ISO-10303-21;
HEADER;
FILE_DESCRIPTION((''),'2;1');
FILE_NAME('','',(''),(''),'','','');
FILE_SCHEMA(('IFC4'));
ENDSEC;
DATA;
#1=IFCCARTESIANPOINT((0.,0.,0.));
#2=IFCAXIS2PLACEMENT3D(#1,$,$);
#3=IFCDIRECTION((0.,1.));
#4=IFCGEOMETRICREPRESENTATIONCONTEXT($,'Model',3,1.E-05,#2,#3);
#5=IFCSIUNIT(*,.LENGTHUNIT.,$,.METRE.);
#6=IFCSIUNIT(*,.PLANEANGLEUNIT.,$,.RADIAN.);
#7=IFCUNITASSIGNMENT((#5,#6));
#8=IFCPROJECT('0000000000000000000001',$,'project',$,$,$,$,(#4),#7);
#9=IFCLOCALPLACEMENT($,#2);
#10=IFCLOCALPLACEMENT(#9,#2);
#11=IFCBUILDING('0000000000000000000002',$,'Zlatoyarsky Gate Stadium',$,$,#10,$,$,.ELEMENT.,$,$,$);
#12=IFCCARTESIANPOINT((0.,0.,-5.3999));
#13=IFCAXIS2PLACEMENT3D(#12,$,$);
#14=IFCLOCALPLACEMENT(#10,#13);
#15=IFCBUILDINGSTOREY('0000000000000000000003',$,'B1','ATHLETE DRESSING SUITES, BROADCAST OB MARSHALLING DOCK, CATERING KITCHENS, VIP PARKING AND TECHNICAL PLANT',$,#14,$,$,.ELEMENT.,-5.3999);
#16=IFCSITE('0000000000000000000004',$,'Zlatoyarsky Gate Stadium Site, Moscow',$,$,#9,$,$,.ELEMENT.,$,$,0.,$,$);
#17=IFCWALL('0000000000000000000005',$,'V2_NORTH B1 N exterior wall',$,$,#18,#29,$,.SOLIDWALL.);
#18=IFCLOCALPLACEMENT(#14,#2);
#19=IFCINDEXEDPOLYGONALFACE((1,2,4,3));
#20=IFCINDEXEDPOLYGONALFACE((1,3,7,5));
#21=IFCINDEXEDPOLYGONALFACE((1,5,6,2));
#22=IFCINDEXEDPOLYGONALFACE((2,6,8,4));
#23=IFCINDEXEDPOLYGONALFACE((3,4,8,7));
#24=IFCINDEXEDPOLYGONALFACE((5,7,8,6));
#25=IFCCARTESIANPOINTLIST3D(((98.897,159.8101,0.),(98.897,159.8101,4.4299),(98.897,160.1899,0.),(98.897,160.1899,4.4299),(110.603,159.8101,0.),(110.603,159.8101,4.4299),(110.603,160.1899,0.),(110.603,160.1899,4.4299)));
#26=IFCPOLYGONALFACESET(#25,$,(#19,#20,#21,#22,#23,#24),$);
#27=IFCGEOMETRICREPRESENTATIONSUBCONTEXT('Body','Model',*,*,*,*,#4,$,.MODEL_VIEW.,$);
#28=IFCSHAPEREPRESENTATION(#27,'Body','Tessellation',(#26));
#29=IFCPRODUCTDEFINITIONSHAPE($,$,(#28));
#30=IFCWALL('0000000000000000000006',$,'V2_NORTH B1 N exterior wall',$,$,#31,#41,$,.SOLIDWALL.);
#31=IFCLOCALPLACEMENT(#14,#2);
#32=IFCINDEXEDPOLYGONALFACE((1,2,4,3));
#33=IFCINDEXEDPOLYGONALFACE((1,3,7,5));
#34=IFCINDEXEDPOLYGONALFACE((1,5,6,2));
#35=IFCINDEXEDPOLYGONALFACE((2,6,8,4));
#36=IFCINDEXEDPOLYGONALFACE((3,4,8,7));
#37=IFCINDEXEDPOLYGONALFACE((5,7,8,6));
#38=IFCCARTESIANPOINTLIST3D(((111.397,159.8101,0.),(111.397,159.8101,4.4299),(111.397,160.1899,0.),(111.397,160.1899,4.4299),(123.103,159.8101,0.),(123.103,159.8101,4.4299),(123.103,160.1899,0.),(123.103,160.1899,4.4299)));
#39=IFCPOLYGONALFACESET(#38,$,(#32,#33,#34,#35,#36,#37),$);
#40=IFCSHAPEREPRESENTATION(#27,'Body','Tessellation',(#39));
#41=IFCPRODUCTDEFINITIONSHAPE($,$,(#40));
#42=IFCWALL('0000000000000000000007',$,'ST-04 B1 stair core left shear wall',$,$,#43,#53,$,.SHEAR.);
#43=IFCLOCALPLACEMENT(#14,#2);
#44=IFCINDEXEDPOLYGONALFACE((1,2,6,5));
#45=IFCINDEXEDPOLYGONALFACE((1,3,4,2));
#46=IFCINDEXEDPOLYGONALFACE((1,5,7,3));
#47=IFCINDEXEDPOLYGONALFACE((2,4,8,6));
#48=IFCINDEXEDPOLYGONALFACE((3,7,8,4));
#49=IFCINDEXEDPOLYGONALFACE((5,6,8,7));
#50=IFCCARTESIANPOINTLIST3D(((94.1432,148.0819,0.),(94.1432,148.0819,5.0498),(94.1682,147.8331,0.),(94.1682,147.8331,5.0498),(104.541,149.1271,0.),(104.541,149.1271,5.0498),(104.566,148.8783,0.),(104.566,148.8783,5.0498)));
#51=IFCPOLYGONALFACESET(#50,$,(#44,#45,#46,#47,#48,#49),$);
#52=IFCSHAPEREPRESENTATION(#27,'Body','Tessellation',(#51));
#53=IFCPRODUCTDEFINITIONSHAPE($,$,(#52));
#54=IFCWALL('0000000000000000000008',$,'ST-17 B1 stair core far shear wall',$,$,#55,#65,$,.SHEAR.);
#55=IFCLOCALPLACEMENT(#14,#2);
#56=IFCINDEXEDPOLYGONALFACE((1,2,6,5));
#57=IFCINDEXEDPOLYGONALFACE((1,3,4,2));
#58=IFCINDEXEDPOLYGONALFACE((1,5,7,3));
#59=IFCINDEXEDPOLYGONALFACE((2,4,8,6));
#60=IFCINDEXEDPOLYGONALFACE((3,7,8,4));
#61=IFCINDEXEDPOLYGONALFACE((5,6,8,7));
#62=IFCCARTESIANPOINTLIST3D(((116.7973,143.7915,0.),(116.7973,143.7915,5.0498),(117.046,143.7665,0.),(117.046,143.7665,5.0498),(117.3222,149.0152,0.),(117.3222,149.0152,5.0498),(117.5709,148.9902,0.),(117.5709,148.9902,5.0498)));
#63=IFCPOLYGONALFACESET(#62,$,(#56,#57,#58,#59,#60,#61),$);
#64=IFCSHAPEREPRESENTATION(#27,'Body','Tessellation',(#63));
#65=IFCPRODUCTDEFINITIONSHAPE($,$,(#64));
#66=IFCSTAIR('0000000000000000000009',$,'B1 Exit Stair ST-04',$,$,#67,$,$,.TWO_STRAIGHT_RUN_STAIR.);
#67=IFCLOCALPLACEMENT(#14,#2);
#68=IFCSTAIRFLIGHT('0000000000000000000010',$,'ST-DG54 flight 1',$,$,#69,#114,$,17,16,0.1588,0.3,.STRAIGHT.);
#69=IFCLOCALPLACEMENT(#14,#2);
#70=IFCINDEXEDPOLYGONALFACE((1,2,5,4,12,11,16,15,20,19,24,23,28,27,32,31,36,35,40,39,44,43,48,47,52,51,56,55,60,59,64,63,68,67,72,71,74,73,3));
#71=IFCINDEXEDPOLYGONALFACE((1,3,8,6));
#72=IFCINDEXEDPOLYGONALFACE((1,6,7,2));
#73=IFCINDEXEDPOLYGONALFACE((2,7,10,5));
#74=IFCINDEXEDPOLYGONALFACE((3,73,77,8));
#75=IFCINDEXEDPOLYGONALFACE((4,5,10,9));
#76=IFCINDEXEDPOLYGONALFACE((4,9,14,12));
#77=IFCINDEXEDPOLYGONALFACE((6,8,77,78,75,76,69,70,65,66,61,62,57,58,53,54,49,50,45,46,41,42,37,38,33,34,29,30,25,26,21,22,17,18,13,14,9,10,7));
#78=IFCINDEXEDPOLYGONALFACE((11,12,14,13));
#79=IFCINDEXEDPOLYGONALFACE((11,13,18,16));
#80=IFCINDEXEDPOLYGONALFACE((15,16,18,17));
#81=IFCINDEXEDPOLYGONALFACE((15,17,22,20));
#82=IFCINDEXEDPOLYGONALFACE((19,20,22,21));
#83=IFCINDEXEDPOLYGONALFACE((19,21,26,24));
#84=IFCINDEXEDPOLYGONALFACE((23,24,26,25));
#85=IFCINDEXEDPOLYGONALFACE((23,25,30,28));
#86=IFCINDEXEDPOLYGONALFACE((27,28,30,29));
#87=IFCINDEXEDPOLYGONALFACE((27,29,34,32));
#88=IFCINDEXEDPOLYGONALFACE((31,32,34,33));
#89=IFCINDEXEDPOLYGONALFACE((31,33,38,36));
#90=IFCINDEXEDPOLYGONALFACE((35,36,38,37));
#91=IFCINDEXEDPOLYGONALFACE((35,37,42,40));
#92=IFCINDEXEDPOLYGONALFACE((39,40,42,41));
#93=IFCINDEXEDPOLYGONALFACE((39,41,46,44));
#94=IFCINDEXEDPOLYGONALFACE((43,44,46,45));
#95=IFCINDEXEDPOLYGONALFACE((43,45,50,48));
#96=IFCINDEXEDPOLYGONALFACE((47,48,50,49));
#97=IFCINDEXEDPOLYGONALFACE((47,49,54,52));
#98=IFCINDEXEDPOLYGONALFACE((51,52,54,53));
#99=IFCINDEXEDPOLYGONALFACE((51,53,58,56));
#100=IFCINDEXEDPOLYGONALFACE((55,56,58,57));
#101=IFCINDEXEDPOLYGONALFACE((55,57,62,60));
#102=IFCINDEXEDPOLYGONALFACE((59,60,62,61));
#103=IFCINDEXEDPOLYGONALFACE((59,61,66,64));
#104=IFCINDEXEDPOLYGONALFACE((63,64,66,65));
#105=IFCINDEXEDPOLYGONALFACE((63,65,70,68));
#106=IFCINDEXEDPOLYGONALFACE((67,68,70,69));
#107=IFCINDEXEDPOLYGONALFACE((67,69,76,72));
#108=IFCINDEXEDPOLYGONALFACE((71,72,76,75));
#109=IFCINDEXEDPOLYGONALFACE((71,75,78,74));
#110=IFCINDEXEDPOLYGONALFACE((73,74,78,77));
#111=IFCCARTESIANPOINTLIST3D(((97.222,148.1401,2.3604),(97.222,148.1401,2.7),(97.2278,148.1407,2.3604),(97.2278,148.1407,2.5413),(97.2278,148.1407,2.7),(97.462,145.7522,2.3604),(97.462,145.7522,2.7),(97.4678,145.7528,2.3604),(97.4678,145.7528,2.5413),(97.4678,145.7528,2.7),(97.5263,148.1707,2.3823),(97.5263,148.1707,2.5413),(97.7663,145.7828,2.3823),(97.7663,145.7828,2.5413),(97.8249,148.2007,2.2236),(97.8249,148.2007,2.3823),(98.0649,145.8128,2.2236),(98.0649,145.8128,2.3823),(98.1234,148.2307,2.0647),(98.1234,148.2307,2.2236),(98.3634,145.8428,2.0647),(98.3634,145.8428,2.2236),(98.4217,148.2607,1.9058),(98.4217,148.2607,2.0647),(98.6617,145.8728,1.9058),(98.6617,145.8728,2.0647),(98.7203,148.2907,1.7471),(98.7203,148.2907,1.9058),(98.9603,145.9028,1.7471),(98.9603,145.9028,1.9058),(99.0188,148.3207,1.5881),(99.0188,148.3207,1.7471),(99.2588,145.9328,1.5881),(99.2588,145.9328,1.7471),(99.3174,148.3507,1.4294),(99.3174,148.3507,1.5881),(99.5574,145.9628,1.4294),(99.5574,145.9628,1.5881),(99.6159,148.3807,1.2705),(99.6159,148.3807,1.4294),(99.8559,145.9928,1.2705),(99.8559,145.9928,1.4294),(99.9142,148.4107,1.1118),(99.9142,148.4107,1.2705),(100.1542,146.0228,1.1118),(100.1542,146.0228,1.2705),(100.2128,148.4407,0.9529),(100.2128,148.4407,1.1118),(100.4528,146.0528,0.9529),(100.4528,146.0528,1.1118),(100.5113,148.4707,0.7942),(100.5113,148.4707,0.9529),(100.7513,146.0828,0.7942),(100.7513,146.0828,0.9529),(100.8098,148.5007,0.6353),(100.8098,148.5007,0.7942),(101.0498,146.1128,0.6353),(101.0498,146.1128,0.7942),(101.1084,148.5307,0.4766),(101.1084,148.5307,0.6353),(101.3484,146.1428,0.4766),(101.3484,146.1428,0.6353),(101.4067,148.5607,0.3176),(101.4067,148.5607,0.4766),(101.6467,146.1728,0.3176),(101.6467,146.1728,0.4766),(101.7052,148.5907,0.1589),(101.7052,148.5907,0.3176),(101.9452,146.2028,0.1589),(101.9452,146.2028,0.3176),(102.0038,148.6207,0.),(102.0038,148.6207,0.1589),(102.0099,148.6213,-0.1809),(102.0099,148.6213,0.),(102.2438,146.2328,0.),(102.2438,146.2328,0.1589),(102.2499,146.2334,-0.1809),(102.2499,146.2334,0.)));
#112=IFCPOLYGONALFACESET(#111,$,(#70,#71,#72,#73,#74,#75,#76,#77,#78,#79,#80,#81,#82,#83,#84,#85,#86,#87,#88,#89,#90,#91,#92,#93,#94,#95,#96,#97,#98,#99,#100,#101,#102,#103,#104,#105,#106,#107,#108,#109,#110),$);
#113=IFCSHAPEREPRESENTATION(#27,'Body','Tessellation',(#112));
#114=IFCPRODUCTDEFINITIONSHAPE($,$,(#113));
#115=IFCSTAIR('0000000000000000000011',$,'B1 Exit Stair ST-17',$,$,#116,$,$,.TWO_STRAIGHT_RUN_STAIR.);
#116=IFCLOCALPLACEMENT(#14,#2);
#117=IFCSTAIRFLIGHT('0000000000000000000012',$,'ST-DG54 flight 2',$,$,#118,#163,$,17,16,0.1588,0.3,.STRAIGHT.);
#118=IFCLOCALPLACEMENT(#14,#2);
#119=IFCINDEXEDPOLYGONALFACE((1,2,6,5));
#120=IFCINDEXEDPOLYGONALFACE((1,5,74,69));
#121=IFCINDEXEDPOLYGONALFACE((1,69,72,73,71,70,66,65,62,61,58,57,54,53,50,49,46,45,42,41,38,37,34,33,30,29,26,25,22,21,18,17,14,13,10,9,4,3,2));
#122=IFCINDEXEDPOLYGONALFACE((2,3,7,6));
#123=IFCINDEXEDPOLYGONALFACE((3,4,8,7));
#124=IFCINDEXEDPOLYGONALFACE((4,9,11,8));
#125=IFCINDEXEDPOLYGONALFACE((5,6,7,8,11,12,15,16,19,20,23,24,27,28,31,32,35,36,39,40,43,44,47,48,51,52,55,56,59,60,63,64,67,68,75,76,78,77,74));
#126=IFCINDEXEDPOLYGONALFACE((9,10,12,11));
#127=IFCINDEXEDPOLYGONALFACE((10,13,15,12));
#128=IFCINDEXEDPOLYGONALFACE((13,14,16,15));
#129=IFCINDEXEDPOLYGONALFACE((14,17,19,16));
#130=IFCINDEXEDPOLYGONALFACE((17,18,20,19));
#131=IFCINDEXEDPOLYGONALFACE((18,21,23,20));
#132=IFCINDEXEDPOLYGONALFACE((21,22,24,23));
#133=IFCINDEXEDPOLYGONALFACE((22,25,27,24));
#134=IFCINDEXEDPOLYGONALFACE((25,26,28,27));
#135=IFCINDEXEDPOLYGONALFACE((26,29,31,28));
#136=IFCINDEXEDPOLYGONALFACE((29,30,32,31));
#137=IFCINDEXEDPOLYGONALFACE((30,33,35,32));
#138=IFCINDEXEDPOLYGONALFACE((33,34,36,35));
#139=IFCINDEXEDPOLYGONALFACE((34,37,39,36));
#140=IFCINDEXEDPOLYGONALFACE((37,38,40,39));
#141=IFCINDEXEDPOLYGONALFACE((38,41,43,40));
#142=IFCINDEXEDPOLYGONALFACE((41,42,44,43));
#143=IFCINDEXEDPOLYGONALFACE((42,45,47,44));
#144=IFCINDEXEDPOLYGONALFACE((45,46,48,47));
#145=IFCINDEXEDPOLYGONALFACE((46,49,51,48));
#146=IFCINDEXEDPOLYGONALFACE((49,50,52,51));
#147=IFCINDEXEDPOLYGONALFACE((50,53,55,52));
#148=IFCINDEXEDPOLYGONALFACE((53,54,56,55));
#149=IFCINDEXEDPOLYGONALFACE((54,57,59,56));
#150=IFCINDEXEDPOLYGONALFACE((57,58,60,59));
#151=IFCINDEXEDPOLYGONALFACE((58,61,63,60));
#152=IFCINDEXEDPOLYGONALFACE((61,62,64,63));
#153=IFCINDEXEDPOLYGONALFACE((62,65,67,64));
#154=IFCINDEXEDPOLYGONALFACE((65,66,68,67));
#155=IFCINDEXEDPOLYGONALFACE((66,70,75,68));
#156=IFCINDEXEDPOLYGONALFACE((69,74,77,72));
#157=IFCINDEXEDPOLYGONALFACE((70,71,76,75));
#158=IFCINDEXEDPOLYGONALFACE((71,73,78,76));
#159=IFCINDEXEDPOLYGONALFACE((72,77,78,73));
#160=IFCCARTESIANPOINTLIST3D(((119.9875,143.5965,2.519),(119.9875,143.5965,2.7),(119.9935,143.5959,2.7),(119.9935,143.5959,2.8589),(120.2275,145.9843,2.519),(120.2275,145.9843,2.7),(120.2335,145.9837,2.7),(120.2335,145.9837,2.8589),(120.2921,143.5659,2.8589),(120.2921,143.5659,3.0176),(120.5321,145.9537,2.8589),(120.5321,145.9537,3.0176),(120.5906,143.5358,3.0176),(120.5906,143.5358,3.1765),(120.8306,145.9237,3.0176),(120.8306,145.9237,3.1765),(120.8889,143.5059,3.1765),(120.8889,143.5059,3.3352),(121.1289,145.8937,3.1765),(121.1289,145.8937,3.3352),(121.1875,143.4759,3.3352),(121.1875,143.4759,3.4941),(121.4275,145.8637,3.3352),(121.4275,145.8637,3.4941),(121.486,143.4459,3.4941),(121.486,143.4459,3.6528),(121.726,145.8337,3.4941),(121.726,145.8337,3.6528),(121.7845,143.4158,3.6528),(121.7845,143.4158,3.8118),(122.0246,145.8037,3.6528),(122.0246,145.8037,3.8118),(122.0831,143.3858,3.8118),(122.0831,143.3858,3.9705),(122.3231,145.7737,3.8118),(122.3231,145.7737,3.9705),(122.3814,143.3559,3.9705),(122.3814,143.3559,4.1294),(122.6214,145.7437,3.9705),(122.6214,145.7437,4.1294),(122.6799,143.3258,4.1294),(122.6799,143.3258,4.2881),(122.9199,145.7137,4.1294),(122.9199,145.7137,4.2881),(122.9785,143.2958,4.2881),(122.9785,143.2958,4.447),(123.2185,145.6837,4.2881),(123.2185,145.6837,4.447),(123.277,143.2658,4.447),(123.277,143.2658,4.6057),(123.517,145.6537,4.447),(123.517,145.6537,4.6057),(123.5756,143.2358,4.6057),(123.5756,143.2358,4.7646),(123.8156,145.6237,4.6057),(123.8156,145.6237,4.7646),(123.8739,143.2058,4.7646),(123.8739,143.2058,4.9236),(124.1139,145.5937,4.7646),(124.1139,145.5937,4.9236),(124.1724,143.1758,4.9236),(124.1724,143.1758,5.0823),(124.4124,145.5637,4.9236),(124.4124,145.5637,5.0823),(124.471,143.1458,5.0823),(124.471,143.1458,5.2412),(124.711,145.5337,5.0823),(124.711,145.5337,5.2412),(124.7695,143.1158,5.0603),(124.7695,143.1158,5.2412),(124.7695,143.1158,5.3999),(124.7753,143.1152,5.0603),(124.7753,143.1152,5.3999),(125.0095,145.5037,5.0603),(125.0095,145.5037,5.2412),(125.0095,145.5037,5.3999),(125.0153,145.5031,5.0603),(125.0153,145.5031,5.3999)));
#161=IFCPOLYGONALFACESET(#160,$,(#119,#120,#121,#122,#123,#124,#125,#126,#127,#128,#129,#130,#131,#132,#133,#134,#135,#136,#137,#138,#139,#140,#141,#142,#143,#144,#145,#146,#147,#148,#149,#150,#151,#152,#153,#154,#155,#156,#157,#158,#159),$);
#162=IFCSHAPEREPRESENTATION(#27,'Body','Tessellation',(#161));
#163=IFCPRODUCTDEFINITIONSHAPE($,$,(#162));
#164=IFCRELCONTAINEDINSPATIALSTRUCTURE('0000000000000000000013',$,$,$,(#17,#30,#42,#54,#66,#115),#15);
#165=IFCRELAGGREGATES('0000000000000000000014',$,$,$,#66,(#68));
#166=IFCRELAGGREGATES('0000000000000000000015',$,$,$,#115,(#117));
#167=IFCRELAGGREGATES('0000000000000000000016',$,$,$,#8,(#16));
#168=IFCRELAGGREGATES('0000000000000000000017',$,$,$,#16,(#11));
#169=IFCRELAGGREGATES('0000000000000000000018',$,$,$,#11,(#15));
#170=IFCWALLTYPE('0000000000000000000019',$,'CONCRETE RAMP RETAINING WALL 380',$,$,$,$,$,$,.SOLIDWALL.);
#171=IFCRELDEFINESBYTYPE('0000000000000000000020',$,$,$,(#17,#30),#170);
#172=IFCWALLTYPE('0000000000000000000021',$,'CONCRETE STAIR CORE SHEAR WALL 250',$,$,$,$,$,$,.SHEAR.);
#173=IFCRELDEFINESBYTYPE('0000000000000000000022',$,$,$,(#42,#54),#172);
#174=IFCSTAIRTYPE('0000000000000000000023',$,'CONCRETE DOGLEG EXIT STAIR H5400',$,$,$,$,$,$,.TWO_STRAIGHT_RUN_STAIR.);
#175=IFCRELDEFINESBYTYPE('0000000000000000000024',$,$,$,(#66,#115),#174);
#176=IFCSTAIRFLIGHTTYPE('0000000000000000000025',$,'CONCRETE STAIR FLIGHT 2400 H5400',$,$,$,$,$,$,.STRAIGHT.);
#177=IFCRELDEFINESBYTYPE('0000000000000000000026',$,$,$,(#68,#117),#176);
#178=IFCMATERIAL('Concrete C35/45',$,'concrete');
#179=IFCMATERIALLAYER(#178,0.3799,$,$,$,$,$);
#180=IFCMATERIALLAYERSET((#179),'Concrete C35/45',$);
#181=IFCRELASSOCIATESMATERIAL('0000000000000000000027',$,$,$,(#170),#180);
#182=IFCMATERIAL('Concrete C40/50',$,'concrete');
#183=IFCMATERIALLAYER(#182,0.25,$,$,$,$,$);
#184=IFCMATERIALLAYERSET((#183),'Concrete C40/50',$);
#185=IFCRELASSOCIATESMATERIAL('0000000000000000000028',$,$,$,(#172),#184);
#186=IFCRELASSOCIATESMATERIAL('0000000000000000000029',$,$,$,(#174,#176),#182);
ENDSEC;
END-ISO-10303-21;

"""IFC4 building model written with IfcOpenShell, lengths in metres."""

from ifc_helpers import new_model, si_unit, direction, frame, frame_2d, origin, place, context, subcontext, project, spatial, polyline, rectangle, outline, extrude, material, layer, layer_set, type_object, element, aggregate, save


model = new_model("IFC4")

# Units and contexts
model_context = context("Model", 3, precision=1e-05, world=origin(), true_north=direction((0.0, 1.0)))
body_context = subcontext(model_context, "Body", "Model", "MODEL_VIEW")
ifc_project = project(units=[si_unit("LENGTHUNIT", "METRE"), si_unit("PLANEANGLEUNIT", "RADIAN")], contexts=[model_context])

# Site, building, storey
site_placement = place(None, origin())
site = spatial("IfcSite", under=ifc_project, at=site_placement, Name="Zlatoyarsky Gate Stadium Site, Moscow", CompositionType="ELEMENT", RefElevation=0.0)
building_placement = place(site_placement, origin())
building = spatial("IfcBuilding", under=site, at=building_placement, Name="Zlatoyarsky Gate Stadium", CompositionType="ELEMENT")
storey_placement = place(building_placement, frame((0.0, 0.0, -5.3999)))
storey = spatial("IfcBuildingStorey", under=building, at=storey_placement, Name="B1", Description="ATHLETE DRESSING SUITES, BROADCAST OB MARSHALLING DOCK, CATERING KITCHENS, VIP PARKING AND TECHNICAL PLANT", CompositionType="ELEMENT", Elevation=-5.3999)

# Shared definitions
ifc_material_1 = material(Name="Concrete C35/45", Category="concrete")

# Shared definitions
ifc_material_2 = material(Name="Concrete C40/50", Category="concrete")

# Walls
ifc_layer_1 = layer(ifc_material_1, 0.3799)
ifc_layer_set_1 = layer_set([ifc_layer_1], Name="Concrete C35/45")
wall_type_1 = type_object("IfcWallType", Name="CONCRETE RAMP RETAINING WALL 380", PredefinedType="SOLIDWALL", material=ifc_layer_set_1)
for number, where, z_axis, x_axis, name in (
    (1, (98.897, 160.0, 0.0), (0.0, 0.0, 1.0), (1.0, 0.0, 0.0), "V2_NORTH B1 N exterior wall"),
    (2, (111.397, 160.0, 0.0), (0.0, 0.0, 1.0), (1.0, 0.0, 0.0), "V2_NORTH B1 N exterior wall"),
):
    element("IfcWall", number, at=place(storey_placement, frame(where, z_axis=z_axis, x_axis=x_axis)), inside=storey, type_object=wall_type_1, Name=name, PredefinedType="SOLIDWALL", context=body_context, shape_type="SweptSolid", body=[
        extrude(rectangle(XDim=11.7061, YDim=0.3799, at=frame_2d((5.853, 0.0))), origin(), (0.0, 0.0, 1.0), 4.4299),
    ])
ifc_layer_2 = layer(ifc_material_2, 0.25)
ifc_layer_set_2 = layer_set([ifc_layer_2], Name="Concrete C40/50")
wall_type_2 = type_object("IfcWallType", Name="CONCRETE STAIR CORE SHEAR WALL 250", PredefinedType="SHEAR", material=ifc_layer_set_2)
wall_1_placement = place(storey_placement, frame((104.5535, 149.0027, 0.0), z_axis=(0.0, 0.0, 1.0), x_axis=(-0.994986, -0.100015, 0.0)))
element("IfcWall", 3, at=wall_1_placement, inside=storey, type_object=wall_type_2, Name="ST-04 B1 stair core left shear wall", PredefinedType="SHEAR", context=body_context, shape_type="SweptSolid", body=[
    extrude(rectangle(XDim=10.4502, YDim=0.25, at=frame_2d((5.2251, 0.0))), origin(), (0.0, 0.0, 1.0), 5.0498),
])
wall_2_placement = place(storey_placement, frame((117.4465, 149.0027, 0.0), z_axis=(0.0, 0.0, 1.0), x_axis=(-0.099983, -0.994989, 0.0)))
element("IfcWall", 4, at=wall_2_placement, inside=storey, type_object=wall_type_2, Name="ST-17 B1 stair core far shear wall", PredefinedType="SHEAR", context=body_context, shape_type="SweptSolid", body=[
    extrude(rectangle(XDim=5.25, YDim=0.25, at=frame_2d((2.625, 0.0))), origin(), (0.0, 0.0, 1.0), 5.0498),
])

# Stairs, stair flights
stair_type = type_object("IfcStairType", Name="CONCRETE DOGLEG EXIT STAIR H5400", PredefinedType="TWO_STRAIGHT_RUN_STAIR", material=ifc_material_2)
stair_1_placement = place(storey_placement, origin())
stair_1 = element("IfcStair", 5, at=stair_1_placement, inside=storey, type_object=stair_type, Name="B1 Exit Stair ST-04", PredefinedType="TWO_STRAIGHT_RUN_STAIR")
stair_flight_type = type_object("IfcStairFlightType", Name="CONCRETE STAIR FLIGHT 2400 H5400", PredefinedType="STRAIGHT", material=ifc_material_2)
stair_flight_1_placement = place(storey_placement, frame((102.1238, 147.4268, 0.0), z_axis=(0.0, 0.0, 1.0), x_axis=(-0.994987, -0.100006, 0.0)))
stair_flight_1 = element("IfcStairFlight", 6, at=stair_flight_1_placement, type_object=stair_flight_type, Name="ST-DG54 flight 1", NumberOfRisers=17, NumberOfTreads=16, PredefinedType="STRAIGHT", RiserHeight=0.1588, TreadLength=0.3, context=body_context, shape_type="SweptSolid", body=[
    extrude(outline(polyline([(-0.0061, -0.1809), (-0.0061, 0.0), (0.0, 0.0), (0.0, 0.1589), (0.3, 0.1589), (0.3, 0.3176), (0.6001, 0.3176), (0.6001, 0.4766), (0.8999, 0.4766), (0.8999, 0.6353), (1.2, 0.6353), (1.2, 0.7942), (1.5, 0.7942), (1.5, 0.9529), (1.8, 0.9529), (1.8, 1.1118), (2.1001, 1.1118), (2.1001, 1.2705), (2.3999, 1.2705), (2.3999, 1.4294), (2.7, 1.4294), (2.7, 1.5881), (3.0, 1.5881), (3.0, 1.7471), (3.3, 1.7471), (3.3, 1.9058), (3.6001, 1.9058), (3.6001, 2.0647), (3.8999, 2.0647), (3.8999, 2.2236), (4.2, 2.2236), (4.2, 2.3823), (4.5, 2.3823), (4.5, 2.5413), (4.8, 2.5413), (4.8, 2.7), (4.8059, 2.7), (4.8059, 2.3604), (4.8, 2.3604), (-0.0061, -0.1809)])), frame((0.0, 1.2, 0.0), z_axis=(0.0, -1.0, 0.0), x_axis=(1.0, 0.0, 0.0)), (0.0, 0.0, 1.0), 2.3999),
])
aggregate(stair_1, [stair_flight_1])
stair_2_placement = place(storey_placement, origin())
stair_2 = element("IfcStair", 7, at=stair_2_placement, inside=storey, type_object=stair_type, Name="B1 Exit Stair ST-17", PredefinedType="TWO_STRAIGHT_RUN_STAIR")
stair_flight_2_placement = place(storey_placement, frame((120.1135, 144.7898, 2.7), z_axis=(0.0, 0.0, 1.0), x_axis=(0.994987, -0.100006, 0.0)))
stair_flight_2 = element("IfcStairFlight", 8, at=stair_flight_2_placement, type_object=stair_flight_type, Name="ST-DG54 flight 2", NumberOfRisers=17, NumberOfTreads=16, PredefinedType="STRAIGHT", RiserHeight=0.1588, TreadLength=0.3, context=body_context, shape_type="SweptSolid", body=[
    extrude(outline(polyline([(-0.0061, -0.1809), (-0.0061, 0.0), (0.0, 0.0), (0.0, 0.1589), (0.3, 0.1589), (0.3, 0.3176), (0.6001, 0.3176), (0.6001, 0.4766), (0.8999, 0.4766), (0.8999, 0.6353), (1.2, 0.6353), (1.2, 0.7942), (1.5, 0.7942), (1.5, 0.9529), (1.8, 0.9529), (1.8, 1.1118), (2.1001, 1.1118), (2.1001, 1.2705), (2.3999, 1.2705), (2.3999, 1.4294), (2.7, 1.4294), (2.7, 1.5881), (3.0, 1.5881), (3.0, 1.7471), (3.3, 1.7471), (3.3, 1.9058), (3.6001, 1.9058), (3.6001, 2.0647), (3.8999, 2.0647), (3.8999, 2.2236), (4.2, 2.2236), (4.2, 2.3823), (4.5, 2.3823), (4.5, 2.5413), (4.8, 2.5413), (4.8, 2.7), (4.8059, 2.7), (4.8059, 2.3604), (4.8, 2.3604), (-0.0061, -0.1809)])), frame((0.0, 1.2, 0.0), z_axis=(0.0, -1.0, 0.0), x_axis=(1.0, 0.0, 0.0)), (0.0, 0.0, 1.0), 2.3999),
])
aggregate(stair_2, [stair_flight_2])

save(model, "model.ifc")
